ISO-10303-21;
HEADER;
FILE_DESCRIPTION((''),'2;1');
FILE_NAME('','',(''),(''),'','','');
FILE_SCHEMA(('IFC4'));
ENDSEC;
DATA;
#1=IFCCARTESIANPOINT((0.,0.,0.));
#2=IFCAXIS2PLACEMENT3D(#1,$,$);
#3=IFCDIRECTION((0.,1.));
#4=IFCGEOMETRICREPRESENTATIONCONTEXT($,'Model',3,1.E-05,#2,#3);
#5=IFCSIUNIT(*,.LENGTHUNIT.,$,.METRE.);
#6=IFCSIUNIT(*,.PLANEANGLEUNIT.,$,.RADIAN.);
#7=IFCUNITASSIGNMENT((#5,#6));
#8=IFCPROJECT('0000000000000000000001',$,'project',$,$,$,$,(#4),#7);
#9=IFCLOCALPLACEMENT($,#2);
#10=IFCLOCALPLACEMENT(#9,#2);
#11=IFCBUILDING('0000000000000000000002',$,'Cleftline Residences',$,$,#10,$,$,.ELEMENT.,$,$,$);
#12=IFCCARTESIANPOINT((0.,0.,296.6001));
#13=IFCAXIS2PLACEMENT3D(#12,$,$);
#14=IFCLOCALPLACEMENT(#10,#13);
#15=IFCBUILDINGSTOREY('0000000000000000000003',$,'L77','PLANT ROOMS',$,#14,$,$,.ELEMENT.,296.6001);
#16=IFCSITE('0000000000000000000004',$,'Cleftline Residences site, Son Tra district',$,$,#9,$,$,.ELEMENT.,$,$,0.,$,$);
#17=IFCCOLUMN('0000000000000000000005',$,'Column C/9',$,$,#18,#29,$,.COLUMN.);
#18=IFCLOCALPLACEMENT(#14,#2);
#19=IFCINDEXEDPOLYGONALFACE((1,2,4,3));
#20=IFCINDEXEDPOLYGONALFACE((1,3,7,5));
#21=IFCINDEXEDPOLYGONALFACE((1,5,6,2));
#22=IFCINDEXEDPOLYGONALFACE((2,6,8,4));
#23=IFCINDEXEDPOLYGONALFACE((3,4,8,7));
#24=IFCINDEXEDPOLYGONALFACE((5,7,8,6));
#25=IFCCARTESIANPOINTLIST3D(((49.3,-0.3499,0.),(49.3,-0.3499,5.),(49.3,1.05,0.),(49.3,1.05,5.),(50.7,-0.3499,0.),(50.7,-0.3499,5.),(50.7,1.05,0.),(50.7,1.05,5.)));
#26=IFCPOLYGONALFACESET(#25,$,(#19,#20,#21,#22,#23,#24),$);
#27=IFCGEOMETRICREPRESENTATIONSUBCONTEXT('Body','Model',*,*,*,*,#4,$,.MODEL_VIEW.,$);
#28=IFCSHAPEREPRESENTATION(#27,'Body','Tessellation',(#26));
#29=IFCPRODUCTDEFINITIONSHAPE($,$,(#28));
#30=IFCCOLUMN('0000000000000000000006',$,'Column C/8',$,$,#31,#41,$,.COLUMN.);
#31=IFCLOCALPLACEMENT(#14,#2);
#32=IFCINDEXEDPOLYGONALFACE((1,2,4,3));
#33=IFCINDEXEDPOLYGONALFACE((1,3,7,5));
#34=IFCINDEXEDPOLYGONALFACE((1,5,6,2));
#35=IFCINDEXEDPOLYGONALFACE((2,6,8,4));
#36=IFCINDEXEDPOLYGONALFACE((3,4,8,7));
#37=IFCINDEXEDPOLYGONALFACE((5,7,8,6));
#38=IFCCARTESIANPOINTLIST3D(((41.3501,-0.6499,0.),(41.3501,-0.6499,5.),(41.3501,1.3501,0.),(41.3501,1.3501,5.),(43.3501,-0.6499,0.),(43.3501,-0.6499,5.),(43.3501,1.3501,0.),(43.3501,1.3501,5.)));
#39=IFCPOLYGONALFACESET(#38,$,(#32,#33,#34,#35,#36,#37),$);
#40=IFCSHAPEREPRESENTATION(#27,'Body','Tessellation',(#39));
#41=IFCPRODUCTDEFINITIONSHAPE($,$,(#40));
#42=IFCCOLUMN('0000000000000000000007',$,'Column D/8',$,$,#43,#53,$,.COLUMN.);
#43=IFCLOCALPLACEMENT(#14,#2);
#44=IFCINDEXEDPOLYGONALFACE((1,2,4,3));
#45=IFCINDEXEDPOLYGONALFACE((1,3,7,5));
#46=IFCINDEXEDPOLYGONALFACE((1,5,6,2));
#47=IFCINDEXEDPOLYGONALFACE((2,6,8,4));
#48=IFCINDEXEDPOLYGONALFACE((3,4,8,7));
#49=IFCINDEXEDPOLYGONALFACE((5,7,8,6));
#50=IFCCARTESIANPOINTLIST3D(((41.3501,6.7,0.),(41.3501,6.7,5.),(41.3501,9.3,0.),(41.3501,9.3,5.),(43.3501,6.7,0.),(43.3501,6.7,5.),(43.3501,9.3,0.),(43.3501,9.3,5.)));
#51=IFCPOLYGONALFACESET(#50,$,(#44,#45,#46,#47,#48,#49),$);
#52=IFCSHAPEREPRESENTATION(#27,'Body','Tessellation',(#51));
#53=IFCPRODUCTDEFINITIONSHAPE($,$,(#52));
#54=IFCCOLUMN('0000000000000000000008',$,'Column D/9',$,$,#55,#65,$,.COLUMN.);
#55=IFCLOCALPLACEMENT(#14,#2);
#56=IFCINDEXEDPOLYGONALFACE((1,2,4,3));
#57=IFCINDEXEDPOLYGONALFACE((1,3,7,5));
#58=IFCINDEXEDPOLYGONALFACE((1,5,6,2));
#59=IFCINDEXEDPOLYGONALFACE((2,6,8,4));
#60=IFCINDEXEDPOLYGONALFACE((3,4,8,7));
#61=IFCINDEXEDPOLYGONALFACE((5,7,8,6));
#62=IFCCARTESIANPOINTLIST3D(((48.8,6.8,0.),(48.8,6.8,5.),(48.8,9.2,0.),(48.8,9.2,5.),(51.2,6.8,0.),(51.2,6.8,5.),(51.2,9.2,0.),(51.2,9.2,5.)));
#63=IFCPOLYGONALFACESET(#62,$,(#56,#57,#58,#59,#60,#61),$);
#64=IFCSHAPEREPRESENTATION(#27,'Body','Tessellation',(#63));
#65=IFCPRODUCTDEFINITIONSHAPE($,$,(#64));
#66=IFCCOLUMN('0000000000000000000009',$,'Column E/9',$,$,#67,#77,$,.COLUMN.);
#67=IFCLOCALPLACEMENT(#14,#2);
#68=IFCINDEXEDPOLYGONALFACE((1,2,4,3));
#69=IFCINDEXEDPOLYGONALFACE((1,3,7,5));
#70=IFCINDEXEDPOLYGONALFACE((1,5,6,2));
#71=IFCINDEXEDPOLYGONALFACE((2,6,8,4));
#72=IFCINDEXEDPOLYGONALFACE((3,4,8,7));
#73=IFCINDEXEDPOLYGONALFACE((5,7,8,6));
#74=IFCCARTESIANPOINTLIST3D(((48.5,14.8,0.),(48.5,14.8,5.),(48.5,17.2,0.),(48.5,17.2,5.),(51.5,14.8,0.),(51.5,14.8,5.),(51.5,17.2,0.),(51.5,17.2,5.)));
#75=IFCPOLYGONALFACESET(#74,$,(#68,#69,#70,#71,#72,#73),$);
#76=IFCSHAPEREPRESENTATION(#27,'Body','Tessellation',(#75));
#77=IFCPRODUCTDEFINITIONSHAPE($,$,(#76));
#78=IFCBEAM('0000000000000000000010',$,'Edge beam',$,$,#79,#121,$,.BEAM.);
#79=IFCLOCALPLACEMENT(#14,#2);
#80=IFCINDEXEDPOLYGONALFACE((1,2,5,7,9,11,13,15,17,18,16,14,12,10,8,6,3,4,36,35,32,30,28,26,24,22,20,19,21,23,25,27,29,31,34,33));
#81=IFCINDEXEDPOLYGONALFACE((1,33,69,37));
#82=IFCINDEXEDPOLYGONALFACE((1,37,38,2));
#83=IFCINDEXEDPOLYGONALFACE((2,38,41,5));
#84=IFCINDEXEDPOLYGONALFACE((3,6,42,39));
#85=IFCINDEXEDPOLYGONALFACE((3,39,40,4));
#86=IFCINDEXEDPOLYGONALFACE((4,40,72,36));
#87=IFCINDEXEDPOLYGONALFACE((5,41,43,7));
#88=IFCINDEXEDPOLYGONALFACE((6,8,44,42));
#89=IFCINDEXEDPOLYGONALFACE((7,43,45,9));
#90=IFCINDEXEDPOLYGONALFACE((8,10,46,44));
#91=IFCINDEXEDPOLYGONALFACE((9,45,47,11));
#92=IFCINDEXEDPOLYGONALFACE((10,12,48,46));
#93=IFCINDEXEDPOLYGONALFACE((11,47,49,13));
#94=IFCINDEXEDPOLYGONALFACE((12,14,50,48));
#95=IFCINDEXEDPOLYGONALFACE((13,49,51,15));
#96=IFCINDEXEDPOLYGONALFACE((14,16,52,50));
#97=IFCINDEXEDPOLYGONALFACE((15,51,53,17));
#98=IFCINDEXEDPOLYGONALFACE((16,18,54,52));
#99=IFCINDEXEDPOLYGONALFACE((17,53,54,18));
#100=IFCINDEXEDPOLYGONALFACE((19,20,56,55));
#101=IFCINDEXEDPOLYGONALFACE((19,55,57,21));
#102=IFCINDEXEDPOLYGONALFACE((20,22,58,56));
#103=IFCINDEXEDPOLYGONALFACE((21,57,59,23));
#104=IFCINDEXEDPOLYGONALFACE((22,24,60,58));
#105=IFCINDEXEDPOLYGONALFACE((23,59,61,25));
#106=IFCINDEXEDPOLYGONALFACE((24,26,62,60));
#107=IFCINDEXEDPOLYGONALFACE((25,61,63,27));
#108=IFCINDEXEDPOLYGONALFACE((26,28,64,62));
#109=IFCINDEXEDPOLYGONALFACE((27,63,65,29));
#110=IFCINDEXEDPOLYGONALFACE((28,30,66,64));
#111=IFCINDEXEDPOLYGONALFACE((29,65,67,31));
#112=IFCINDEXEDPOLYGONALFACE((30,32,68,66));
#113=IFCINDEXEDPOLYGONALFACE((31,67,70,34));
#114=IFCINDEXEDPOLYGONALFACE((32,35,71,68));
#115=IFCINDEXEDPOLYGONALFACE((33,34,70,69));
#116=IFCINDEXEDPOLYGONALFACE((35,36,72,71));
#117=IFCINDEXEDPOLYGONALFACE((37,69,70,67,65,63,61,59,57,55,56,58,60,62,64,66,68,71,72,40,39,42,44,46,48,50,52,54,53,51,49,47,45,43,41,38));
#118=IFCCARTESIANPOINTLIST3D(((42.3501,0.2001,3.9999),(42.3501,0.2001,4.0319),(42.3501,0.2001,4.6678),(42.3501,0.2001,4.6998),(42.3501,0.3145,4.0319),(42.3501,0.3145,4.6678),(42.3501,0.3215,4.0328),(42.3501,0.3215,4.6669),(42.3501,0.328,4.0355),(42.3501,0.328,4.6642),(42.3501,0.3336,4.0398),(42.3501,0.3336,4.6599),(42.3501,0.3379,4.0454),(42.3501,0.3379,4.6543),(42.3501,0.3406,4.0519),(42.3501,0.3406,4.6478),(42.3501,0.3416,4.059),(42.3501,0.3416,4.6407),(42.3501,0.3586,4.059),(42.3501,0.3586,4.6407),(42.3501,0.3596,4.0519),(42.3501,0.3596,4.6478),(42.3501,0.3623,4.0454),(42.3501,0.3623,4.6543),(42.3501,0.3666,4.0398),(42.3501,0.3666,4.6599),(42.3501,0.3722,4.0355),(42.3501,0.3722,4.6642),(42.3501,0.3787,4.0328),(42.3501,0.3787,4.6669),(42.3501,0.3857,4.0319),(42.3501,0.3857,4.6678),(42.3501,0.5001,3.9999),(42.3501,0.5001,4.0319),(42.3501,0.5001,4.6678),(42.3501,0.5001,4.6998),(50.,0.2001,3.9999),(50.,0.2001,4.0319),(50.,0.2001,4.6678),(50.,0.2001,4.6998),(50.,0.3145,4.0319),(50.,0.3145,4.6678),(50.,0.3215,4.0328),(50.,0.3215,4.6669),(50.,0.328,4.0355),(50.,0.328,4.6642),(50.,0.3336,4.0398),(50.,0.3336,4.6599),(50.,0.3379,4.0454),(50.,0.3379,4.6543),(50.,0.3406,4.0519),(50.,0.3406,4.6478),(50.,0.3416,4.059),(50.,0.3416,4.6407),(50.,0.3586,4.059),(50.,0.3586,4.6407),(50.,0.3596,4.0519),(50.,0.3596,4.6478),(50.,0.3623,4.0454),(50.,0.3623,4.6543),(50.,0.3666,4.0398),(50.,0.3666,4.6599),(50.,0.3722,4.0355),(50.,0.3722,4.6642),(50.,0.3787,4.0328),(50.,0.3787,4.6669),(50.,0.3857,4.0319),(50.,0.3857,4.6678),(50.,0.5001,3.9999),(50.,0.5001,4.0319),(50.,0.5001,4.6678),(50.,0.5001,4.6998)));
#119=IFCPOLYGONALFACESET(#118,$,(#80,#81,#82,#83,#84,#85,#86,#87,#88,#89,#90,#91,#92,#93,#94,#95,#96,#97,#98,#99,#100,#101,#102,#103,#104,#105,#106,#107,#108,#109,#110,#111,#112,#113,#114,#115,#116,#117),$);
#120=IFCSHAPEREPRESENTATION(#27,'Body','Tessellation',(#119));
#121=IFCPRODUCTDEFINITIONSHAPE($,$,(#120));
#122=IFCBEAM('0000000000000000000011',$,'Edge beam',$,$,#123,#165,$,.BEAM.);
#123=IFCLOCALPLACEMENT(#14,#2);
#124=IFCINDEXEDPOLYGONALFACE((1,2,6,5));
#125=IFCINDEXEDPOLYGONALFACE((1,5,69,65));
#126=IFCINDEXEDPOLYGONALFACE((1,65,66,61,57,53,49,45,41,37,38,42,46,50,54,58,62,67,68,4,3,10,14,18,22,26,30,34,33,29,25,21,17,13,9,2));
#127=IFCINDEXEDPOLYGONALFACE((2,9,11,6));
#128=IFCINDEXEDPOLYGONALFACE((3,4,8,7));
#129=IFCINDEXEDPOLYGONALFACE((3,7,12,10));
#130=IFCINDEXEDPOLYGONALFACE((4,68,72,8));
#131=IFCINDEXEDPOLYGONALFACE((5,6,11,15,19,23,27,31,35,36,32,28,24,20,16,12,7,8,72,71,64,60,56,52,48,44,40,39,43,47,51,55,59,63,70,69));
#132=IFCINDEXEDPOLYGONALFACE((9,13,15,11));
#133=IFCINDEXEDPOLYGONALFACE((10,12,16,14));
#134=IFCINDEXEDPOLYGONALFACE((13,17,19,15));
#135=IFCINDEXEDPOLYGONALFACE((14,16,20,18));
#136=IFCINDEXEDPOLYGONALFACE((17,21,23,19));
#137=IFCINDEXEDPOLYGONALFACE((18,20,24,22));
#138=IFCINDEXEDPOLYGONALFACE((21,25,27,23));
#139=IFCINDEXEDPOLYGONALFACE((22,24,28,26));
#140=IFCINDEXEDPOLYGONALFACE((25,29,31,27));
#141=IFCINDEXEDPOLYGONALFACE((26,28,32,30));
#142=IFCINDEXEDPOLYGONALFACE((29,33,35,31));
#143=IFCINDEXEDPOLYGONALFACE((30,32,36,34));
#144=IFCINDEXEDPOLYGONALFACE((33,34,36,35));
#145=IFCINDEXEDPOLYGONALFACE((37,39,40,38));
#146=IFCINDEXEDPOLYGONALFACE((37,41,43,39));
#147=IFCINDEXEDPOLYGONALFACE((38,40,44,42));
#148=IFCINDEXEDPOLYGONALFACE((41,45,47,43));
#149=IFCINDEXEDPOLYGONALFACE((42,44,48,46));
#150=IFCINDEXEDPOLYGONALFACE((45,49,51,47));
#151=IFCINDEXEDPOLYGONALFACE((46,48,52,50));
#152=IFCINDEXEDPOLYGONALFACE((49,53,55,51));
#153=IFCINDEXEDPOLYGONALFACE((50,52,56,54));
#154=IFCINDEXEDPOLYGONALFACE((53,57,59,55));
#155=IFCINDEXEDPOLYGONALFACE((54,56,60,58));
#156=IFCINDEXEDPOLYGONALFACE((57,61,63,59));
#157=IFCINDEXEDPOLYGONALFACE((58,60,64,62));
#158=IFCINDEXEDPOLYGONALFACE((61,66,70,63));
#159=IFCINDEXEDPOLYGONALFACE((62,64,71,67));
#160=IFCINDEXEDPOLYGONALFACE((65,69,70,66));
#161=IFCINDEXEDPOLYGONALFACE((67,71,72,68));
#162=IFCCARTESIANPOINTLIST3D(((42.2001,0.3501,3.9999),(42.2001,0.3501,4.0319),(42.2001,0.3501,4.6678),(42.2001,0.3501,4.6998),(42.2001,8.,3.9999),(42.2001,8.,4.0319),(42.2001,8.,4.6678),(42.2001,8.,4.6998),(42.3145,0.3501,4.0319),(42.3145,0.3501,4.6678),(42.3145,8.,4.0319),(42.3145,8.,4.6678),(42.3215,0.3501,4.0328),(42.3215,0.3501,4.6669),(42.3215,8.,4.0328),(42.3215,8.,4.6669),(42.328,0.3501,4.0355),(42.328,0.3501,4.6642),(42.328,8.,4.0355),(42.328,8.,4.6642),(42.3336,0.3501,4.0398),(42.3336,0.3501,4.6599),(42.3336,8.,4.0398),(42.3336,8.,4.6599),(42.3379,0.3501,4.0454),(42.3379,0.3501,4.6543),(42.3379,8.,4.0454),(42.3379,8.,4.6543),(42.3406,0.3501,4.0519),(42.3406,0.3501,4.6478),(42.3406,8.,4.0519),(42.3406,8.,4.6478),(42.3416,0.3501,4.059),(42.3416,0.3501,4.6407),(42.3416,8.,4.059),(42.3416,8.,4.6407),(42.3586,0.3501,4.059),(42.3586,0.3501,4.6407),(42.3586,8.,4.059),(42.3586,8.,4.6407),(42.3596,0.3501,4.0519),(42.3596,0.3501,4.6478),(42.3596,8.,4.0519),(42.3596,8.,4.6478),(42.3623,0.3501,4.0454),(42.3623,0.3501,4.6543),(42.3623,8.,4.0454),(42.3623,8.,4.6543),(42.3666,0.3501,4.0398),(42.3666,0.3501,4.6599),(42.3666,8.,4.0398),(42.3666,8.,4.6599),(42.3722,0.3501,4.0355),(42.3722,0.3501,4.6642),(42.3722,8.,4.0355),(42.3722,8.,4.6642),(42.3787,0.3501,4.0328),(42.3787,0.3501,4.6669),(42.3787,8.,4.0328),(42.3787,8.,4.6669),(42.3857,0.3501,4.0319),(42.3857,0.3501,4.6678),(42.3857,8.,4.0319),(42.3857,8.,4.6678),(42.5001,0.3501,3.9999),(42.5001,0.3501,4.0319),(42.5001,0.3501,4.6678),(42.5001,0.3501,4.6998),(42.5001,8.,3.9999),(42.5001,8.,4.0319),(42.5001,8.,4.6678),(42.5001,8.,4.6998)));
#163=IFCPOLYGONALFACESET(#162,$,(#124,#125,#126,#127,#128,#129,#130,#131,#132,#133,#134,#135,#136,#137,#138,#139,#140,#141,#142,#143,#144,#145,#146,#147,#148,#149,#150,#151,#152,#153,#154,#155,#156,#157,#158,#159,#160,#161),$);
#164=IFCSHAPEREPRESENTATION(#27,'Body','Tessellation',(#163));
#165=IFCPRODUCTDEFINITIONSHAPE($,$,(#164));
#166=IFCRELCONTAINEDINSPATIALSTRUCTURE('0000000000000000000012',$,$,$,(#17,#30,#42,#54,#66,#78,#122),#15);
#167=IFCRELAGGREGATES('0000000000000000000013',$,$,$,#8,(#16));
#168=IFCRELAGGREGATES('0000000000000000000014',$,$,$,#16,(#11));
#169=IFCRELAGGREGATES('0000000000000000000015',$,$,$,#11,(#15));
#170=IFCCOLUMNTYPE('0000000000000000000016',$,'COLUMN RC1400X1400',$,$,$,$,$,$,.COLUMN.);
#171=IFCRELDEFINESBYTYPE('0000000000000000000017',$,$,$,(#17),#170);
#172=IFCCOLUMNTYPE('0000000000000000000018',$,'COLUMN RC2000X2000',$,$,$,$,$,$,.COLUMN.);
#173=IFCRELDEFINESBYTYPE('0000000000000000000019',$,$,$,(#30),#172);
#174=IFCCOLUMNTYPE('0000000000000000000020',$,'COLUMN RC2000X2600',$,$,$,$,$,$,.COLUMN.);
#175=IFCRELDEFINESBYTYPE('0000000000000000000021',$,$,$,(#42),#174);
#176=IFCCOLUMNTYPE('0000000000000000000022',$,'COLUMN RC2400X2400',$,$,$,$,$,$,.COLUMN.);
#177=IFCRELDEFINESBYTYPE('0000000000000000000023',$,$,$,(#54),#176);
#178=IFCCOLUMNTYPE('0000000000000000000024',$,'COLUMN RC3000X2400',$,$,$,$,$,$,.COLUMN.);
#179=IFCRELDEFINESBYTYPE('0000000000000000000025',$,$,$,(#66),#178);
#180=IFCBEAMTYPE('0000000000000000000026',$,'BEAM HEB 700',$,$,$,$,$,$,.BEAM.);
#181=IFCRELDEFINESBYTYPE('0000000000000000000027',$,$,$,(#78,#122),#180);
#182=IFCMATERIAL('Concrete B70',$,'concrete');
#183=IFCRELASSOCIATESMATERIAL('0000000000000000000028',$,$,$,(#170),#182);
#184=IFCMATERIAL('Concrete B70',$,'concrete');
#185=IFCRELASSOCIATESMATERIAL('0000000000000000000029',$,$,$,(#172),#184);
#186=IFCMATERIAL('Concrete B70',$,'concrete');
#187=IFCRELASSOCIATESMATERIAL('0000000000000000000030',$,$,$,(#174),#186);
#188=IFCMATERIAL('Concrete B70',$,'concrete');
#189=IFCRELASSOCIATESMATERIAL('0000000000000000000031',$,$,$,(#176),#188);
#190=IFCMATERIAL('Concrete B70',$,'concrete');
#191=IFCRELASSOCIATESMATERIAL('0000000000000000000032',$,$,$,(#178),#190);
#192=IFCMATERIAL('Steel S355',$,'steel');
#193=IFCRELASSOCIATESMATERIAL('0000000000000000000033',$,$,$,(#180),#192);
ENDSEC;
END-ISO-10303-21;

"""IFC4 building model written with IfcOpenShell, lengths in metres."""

from ifc_helpers import new_model, si_unit, direction, frame, origin, origin_2d, place, context, subcontext, project, spatial, rectangle, i_section, extrude, material, material_profile, profile_set, type_object, element, save


model = new_model("IFC4")

# Units and contexts
model_context = context("Model", 3, precision=1e-05, world=origin(), true_north=direction((0.0, 1.0)))
body_context = subcontext(model_context, "Body", "Model", "MODEL_VIEW")
ifc_project = project(units=[si_unit("LENGTHUNIT", "METRE"), si_unit("PLANEANGLEUNIT", "RADIAN")], contexts=[model_context])

# Site, building, storey
site_placement = place(None, origin())
site = spatial("IfcSite", under=ifc_project, at=site_placement, Name="Cleftline Residences site, Son Tra district", CompositionType="ELEMENT", RefElevation=0.0)
building_placement = place(site_placement, origin())
building = spatial("IfcBuilding", under=site, at=building_placement, Name="Cleftline Residences", CompositionType="ELEMENT")
storey_placement = place(building_placement, frame((0.0, 0.0, 296.6001)))
storey = spatial("IfcBuildingStorey", under=building, at=storey_placement, Name="L77", Description="PLANT ROOMS", CompositionType="ELEMENT", Elevation=296.6001)

# Columns
ifc_material_1 = material(Name="Concrete B70", Category="concrete")
ifc_material_profile_1 = material_profile(ifc_material_1, rectangle(XDim=1.3999, YDim=1.3999, at=origin_2d()))
ifc_profile_set_1 = profile_set([ifc_material_profile_1], Name="Concrete B70")
column_type_1 = type_object("IfcColumnType", Name="COLUMN RC1400X1400", PredefinedType="COLUMN", material=ifc_profile_set_1)
column_1_placement = place(storey_placement, frame((50.0, 0.3501, 0.0), z_axis=(0.0, 0.0, 1.0), x_axis=(1.0, 0.0, 0.0)))
element("IfcColumn", 1, at=column_1_placement, inside=storey, type_object=column_type_1, Name="Column C/9", PredefinedType="COLUMN", context=body_context, shape_type="SweptSolid", body=[
    extrude(rectangle(XDim=1.3999, YDim=1.3999, at=origin_2d()), origin(), (0.0, 0.0, 1.0), 5.0),
])
ifc_material_2 = material(Name="Concrete B70", Category="concrete")
ifc_material_profile_2 = material_profile(ifc_material_2, rectangle(XDim=2.0, YDim=2.0, at=origin_2d()))
ifc_profile_set_2 = profile_set([ifc_material_profile_2], Name="Concrete B70")
column_type_2 = type_object("IfcColumnType", Name="COLUMN RC2000X2000", PredefinedType="COLUMN", material=ifc_profile_set_2)
column_2_placement = place(storey_placement, frame((42.3501, 0.3501, 0.0), z_axis=(0.0, 0.0, 1.0), x_axis=(1.0, 0.0, 0.0)))
element("IfcColumn", 2, at=column_2_placement, inside=storey, type_object=column_type_2, Name="Column C/8", PredefinedType="COLUMN", context=body_context, shape_type="SweptSolid", body=[
    extrude(rectangle(XDim=2.0, YDim=2.0, at=origin_2d()), origin(), (0.0, 0.0, 1.0), 5.0),
])
ifc_material_3 = material(Name="Concrete B70", Category="concrete")
ifc_material_profile_3 = material_profile(ifc_material_3, rectangle(XDim=2.0, YDim=2.6001, at=origin_2d()))
ifc_profile_set_3 = profile_set([ifc_material_profile_3], Name="Concrete B70")
column_type_3 = type_object("IfcColumnType", Name="COLUMN RC2000X2600", PredefinedType="COLUMN", material=ifc_profile_set_3)
column_3_placement = place(storey_placement, frame((42.3501, 8.0, 0.0), z_axis=(0.0, 0.0, 1.0), x_axis=(1.0, 0.0, 0.0)))
element("IfcColumn", 3, at=column_3_placement, inside=storey, type_object=column_type_3, Name="Column D/8", PredefinedType="COLUMN", context=body_context, shape_type="SweptSolid", body=[
    extrude(rectangle(XDim=2.0, YDim=2.6001, at=origin_2d()), origin(), (0.0, 0.0, 1.0), 5.0),
])
ifc_material_4 = material(Name="Concrete B70", Category="concrete")
ifc_material_profile_4 = material_profile(ifc_material_4, rectangle(XDim=2.3999, YDim=2.3999, at=origin_2d()))
ifc_profile_set_4 = profile_set([ifc_material_profile_4], Name="Concrete B70")
column_type_4 = type_object("IfcColumnType", Name="COLUMN RC2400X2400", PredefinedType="COLUMN", material=ifc_profile_set_4)
column_4_placement = place(storey_placement, frame((50.0, 8.0, 0.0), z_axis=(0.0, 0.0, 1.0), x_axis=(1.0, 0.0, 0.0)))
element("IfcColumn", 4, at=column_4_placement, inside=storey, type_object=column_type_4, Name="Column D/9", PredefinedType="COLUMN", context=body_context, shape_type="SweptSolid", body=[
    extrude(rectangle(XDim=2.3999, YDim=2.3999, at=origin_2d()), origin(), (0.0, 0.0, 1.0), 5.0),
])
ifc_material_5 = material(Name="Concrete B70", Category="concrete")
ifc_material_profile_5 = material_profile(ifc_material_5, rectangle(XDim=3.0, YDim=2.3999, at=origin_2d()))
ifc_profile_set_5 = profile_set([ifc_material_profile_5], Name="Concrete B70")
column_type_5 = type_object("IfcColumnType", Name="COLUMN RC3000X2400", PredefinedType="COLUMN", material=ifc_profile_set_5)
column_5_placement = place(storey_placement, frame((50.0, 16.0, 0.0), z_axis=(0.0, 0.0, 1.0), x_axis=(1.0, 0.0, 0.0)))
element("IfcColumn", 5, at=column_5_placement, inside=storey, type_object=column_type_5, Name="Column E/9", PredefinedType="COLUMN", context=body_context, shape_type="SweptSolid", body=[
    extrude(rectangle(XDim=3.0, YDim=2.3999, at=origin_2d()), origin(), (0.0, 0.0, 1.0), 5.0),
])

# Beams
ifc_material_6 = material(Name="Steel S355", Category="steel")
ifc_material_profile_6 = material_profile(ifc_material_6, i_section(OverallWidth=0.3, OverallDepth=0.7, WebThickness=0.0171, FlangeThickness=0.032, FilletRadius=0.0271, at=origin_2d()))
ifc_profile_set_6 = profile_set([ifc_material_profile_6], Name="Steel S355")
beam_type_1 = type_object("IfcBeamType", Name="BEAM HEB 700", PredefinedType="BEAM", material=ifc_profile_set_6)
for number, where, z_axis, x_axis, name in (
    (6, (50.0, 0.3501, 4.3499), (-1.0, 0.0, 0.0), (0.0, -1.0, 0.0), "Edge beam"),
    (7, (42.3501, 0.3501, 4.3499), (0.0, 1.0, 0.0), (-1.0, 0.0, 0.0), "Edge beam"),
):
    element("IfcBeam", number, at=place(storey_placement, frame(where, z_axis=z_axis, x_axis=x_axis)), inside=storey, type_object=beam_type_1, Name=name, PredefinedType="BEAM", context=body_context, shape_type="SweptSolid", body=[
        extrude(i_section(OverallWidth=0.3, OverallDepth=0.7, WebThickness=0.0171, FlangeThickness=0.032, FilletRadius=0.0271, at=origin_2d()), origin(), (0.0, 0.0, 1.0), 7.6499),
    ])

save(model, "model.ifc")
